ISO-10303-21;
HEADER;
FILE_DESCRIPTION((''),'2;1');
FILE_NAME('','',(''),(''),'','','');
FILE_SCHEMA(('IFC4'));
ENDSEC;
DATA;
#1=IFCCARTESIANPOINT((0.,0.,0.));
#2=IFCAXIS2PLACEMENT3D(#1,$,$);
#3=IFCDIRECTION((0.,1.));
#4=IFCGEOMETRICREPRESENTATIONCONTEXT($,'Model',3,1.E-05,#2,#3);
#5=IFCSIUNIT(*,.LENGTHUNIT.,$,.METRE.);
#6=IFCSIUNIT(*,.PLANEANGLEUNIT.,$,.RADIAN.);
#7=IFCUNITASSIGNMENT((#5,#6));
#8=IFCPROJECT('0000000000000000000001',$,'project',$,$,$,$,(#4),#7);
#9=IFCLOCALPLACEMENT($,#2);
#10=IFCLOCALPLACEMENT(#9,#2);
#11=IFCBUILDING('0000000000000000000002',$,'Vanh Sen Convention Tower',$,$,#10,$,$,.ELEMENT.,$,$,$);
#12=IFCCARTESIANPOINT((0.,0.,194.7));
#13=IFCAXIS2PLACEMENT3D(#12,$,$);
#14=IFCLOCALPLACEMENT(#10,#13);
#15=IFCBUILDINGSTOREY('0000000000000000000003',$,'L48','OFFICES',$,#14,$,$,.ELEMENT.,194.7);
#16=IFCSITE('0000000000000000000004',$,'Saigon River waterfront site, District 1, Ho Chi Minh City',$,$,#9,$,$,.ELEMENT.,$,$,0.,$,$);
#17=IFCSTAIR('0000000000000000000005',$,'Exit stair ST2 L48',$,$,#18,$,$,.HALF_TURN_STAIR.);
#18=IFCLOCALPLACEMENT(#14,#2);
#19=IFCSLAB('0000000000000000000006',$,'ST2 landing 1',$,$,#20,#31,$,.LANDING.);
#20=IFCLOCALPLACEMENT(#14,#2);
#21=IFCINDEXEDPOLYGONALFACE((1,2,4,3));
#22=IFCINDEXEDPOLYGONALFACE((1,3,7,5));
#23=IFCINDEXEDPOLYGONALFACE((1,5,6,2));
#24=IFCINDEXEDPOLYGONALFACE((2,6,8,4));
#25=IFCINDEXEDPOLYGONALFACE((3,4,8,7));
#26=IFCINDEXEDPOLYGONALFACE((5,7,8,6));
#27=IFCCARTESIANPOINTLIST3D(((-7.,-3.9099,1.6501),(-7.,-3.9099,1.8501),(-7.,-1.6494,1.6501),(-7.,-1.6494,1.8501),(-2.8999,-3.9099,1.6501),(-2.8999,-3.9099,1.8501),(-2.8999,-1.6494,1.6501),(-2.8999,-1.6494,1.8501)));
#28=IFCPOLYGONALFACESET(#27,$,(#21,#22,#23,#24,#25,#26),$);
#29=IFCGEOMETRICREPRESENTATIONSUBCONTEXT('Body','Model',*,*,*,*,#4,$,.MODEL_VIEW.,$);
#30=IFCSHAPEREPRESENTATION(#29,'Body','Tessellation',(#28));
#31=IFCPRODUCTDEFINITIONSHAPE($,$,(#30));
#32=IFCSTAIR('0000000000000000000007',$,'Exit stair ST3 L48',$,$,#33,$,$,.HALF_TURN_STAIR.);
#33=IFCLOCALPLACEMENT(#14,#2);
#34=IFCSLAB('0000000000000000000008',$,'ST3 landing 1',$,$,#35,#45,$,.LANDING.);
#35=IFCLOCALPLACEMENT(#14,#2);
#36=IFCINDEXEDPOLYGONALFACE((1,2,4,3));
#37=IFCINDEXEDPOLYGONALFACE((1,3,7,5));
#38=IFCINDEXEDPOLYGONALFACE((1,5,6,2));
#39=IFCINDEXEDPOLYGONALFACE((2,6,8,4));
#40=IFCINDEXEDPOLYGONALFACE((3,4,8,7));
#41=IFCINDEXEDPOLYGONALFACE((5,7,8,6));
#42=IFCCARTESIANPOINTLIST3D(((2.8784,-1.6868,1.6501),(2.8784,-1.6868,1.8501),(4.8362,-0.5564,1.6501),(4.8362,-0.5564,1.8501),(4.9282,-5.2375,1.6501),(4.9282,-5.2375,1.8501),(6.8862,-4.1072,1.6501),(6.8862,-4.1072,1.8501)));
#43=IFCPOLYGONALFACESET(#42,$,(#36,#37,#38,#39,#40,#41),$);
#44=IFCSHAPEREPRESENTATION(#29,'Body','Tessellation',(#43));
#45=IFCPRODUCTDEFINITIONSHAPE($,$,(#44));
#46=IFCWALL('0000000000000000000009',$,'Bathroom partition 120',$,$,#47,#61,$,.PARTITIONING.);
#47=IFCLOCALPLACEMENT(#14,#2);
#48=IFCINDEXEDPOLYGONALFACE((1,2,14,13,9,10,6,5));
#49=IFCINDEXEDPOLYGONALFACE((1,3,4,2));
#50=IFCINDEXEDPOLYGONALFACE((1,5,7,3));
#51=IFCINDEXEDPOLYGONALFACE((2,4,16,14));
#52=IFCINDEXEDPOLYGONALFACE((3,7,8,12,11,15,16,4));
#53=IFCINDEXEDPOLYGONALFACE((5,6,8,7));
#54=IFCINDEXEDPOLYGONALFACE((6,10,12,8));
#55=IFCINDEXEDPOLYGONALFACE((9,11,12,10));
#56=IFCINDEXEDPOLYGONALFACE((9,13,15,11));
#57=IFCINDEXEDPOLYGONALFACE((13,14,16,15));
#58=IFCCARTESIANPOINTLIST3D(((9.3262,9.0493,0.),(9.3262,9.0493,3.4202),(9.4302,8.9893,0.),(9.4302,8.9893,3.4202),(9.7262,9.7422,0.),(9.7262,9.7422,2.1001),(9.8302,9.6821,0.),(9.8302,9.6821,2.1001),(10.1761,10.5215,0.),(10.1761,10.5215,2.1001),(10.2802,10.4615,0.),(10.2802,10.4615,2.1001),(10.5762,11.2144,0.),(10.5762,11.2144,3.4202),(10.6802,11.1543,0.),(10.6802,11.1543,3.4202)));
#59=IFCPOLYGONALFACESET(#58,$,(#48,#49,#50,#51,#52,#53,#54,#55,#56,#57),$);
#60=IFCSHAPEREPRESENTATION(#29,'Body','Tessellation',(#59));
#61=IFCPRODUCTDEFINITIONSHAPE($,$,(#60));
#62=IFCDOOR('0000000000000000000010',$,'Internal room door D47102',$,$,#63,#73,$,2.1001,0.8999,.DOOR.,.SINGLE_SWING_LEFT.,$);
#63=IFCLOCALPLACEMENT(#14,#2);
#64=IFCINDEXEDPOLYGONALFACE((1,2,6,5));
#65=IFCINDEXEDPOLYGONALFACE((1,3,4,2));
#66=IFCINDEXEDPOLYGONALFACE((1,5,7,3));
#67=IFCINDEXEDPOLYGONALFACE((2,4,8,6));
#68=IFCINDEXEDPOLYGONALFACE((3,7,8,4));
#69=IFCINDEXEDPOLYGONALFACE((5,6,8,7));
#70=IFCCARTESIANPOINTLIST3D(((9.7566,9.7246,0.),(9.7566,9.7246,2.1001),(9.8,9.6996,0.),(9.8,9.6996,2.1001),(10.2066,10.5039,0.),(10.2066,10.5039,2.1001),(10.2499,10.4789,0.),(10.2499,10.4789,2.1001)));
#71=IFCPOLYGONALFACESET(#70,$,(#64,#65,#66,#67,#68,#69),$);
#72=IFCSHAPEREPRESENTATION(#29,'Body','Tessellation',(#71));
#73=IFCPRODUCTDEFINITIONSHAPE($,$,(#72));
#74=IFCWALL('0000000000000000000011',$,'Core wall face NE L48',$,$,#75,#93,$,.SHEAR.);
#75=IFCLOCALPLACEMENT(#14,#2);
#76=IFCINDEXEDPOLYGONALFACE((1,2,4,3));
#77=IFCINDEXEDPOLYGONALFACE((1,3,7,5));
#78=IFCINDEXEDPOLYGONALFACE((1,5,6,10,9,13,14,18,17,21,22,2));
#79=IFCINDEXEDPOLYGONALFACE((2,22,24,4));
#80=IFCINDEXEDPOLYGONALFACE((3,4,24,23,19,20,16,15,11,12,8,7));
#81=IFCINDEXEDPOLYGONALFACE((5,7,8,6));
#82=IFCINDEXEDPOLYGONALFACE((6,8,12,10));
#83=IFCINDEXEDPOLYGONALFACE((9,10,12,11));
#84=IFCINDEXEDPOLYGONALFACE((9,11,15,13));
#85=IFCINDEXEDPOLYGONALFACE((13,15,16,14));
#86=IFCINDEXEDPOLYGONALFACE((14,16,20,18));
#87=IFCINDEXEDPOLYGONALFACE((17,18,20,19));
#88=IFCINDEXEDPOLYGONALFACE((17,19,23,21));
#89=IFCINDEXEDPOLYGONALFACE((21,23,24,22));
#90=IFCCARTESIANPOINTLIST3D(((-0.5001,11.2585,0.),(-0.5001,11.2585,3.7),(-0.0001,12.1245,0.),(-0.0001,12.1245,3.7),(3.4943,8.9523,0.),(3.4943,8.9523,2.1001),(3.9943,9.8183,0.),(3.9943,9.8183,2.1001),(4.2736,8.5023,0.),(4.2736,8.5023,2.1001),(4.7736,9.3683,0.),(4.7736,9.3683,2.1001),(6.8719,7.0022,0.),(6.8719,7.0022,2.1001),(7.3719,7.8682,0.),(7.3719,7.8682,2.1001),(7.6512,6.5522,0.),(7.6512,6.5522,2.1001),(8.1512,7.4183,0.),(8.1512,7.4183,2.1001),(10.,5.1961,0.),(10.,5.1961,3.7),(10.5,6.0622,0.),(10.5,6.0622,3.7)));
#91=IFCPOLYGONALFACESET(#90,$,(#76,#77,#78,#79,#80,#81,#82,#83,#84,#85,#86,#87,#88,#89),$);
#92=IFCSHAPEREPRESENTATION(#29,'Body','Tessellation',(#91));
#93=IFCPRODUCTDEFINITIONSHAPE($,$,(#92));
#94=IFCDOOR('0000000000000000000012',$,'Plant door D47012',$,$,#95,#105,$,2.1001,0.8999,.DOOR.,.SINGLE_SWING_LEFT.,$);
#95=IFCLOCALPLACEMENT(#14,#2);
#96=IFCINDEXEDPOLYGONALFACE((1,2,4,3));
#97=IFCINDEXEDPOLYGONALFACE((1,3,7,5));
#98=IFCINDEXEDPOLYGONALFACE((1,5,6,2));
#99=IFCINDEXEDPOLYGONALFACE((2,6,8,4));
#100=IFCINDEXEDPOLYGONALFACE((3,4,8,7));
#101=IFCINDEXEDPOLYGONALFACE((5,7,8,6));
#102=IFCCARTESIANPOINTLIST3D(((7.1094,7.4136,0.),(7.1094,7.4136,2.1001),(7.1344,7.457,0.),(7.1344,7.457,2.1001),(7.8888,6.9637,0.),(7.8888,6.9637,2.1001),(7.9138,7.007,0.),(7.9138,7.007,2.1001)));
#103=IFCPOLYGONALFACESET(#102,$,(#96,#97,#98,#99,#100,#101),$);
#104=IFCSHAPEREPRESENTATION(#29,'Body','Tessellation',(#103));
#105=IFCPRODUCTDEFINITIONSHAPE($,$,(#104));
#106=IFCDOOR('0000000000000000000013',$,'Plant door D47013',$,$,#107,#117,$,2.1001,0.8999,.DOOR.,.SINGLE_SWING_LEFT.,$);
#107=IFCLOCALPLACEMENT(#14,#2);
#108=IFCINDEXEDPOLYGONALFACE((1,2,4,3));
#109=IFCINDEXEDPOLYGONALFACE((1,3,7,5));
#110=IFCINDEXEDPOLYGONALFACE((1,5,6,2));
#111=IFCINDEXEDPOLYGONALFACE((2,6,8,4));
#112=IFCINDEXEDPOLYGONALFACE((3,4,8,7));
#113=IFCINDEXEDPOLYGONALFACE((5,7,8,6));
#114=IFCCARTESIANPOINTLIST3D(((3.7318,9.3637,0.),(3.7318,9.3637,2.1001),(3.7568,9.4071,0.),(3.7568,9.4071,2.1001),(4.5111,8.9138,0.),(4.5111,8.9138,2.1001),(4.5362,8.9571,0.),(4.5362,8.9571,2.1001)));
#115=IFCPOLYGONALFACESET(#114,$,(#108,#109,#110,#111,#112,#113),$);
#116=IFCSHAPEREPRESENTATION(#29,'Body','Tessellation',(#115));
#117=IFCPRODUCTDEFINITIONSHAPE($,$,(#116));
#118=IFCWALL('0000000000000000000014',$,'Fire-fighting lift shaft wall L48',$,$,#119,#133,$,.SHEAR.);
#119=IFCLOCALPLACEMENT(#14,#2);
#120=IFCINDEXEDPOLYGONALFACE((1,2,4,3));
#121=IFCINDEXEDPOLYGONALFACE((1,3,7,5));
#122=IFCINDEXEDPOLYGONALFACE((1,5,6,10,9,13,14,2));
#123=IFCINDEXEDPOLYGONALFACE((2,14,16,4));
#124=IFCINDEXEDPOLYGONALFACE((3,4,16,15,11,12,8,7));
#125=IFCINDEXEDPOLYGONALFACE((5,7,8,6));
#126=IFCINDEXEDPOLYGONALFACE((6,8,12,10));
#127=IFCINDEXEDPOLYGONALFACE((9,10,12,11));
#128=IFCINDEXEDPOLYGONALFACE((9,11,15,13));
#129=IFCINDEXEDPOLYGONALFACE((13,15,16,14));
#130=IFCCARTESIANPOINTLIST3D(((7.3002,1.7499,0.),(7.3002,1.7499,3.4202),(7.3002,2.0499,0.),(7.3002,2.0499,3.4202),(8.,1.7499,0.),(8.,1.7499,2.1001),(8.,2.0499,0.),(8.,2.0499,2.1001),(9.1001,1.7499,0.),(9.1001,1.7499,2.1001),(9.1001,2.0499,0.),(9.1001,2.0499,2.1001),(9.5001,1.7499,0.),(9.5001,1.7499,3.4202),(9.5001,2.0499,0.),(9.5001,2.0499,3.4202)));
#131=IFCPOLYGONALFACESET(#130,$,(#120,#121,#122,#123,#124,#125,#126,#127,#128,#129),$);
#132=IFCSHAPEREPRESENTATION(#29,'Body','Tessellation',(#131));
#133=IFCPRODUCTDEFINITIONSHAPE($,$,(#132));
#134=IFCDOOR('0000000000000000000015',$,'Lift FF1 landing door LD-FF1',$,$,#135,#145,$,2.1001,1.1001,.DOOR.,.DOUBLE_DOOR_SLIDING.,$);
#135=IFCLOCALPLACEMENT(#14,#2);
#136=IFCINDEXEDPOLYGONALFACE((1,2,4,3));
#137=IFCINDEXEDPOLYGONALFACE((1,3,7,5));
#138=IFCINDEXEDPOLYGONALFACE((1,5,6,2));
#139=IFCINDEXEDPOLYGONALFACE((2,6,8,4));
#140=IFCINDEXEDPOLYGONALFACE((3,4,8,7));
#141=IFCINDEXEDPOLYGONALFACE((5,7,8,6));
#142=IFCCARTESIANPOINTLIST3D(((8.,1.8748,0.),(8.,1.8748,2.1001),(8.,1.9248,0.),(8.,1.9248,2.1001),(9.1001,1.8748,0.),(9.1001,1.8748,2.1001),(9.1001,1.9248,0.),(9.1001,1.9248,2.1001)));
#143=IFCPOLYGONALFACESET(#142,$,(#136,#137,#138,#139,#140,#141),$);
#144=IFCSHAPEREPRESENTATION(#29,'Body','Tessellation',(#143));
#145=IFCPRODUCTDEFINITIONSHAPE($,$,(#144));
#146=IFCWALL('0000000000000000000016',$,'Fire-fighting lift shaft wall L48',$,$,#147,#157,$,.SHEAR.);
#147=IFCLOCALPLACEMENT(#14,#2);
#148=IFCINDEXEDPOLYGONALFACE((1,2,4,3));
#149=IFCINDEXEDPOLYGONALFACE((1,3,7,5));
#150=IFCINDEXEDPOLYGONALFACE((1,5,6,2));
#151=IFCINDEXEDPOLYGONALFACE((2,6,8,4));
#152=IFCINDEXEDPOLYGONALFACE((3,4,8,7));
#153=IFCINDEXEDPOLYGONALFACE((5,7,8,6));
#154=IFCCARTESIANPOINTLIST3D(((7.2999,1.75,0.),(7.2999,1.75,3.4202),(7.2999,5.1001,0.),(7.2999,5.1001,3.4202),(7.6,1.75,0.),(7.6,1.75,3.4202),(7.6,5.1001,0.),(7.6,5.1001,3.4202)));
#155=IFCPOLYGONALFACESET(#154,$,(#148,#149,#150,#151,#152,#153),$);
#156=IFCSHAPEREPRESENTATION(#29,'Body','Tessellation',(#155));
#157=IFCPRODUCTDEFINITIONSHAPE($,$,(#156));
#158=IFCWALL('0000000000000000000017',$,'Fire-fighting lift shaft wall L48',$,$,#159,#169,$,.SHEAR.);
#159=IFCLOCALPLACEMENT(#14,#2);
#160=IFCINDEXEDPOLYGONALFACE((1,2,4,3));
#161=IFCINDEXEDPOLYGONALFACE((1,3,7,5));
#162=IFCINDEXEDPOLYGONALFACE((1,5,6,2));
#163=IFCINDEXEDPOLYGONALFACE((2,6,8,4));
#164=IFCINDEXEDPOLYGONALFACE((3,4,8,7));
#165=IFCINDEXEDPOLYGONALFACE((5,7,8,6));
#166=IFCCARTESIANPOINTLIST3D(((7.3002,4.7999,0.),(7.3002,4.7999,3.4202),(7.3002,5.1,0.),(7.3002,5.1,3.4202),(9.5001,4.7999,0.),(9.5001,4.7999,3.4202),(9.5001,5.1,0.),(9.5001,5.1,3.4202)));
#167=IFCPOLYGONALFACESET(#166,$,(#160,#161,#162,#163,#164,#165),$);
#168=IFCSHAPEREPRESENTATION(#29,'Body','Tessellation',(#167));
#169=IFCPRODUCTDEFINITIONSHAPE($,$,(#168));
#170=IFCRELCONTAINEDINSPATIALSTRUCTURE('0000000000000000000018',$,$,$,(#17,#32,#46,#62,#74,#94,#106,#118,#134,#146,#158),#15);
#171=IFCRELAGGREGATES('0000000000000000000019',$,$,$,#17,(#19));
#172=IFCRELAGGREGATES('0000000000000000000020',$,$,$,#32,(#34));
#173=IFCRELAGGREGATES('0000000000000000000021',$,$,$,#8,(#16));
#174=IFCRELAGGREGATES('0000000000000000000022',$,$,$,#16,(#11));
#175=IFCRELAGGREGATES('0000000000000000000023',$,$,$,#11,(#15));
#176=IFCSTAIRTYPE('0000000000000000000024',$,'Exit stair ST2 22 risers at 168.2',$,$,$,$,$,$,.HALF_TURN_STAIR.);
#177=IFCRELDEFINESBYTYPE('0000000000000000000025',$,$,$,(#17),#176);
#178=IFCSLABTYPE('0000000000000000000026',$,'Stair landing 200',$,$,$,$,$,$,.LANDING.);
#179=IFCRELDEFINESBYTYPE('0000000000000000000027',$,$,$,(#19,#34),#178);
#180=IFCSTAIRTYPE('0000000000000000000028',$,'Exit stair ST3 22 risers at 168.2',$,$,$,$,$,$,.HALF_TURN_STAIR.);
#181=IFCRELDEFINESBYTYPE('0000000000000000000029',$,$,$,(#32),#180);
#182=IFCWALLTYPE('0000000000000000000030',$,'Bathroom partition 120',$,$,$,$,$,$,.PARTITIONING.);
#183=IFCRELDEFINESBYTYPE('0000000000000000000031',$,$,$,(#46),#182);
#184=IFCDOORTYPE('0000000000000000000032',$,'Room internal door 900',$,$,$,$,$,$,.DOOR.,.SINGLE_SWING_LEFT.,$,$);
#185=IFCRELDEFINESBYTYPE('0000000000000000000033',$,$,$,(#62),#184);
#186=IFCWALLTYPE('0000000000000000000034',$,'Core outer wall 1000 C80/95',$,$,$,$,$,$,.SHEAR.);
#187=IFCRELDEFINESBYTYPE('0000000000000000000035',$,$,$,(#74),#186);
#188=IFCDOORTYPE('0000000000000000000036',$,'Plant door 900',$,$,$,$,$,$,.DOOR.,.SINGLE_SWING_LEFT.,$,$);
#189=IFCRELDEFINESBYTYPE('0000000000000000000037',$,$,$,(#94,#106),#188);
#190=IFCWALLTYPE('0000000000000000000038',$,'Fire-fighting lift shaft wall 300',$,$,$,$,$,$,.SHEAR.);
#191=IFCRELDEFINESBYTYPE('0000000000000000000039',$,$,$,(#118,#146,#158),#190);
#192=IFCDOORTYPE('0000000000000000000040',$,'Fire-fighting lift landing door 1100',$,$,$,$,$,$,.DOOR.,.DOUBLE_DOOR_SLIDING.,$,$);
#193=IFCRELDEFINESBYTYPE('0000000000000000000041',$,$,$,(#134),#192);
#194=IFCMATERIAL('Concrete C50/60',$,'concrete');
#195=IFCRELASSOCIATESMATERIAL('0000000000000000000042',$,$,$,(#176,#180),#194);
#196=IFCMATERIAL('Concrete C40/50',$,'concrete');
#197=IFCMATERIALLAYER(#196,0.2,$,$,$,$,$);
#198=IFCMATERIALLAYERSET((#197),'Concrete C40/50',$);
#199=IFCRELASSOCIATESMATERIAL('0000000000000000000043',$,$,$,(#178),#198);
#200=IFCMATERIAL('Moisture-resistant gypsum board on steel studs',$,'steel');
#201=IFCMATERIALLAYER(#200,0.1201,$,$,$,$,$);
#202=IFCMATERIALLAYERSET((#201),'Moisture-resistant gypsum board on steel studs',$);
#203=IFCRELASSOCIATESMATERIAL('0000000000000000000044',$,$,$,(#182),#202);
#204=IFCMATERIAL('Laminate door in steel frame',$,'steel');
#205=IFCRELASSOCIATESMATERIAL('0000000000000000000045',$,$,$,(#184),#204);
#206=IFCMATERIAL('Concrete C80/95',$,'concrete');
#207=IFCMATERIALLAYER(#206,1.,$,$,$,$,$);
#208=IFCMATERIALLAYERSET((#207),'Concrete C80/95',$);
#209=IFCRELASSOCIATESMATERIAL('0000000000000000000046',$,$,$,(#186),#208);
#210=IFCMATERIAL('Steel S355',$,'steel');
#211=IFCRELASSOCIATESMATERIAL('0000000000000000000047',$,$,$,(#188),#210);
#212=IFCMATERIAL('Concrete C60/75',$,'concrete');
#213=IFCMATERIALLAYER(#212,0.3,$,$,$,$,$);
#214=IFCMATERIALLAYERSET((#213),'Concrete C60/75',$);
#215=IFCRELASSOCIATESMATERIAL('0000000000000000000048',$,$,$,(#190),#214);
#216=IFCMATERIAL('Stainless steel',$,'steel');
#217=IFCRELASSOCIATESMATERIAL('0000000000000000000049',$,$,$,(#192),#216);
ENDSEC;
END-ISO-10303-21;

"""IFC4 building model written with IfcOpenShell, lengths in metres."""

from ifc_helpers import new_model, si_unit, direction, frame, frame_2d, origin, place, context, subcontext, project, spatial, polyline, rectangle, outline, extrude, material, layer, layer_set, type_object, element, fill, aggregate, save


model = new_model("IFC4")

# Units and contexts
model_context = context("Model", 3, precision=1e-05, world=origin(), true_north=direction((0.0, 1.0)))
body_context = subcontext(model_context, "Body", "Model", "MODEL_VIEW")
ifc_project = project(units=[si_unit("LENGTHUNIT", "METRE"), si_unit("PLANEANGLEUNIT", "RADIAN")], contexts=[model_context])

# Site, building, storey
site_placement = place(None, origin())
site = spatial("IfcSite", under=ifc_project, at=site_placement, Name="Saigon River waterfront site, District 1, Ho Chi Minh City", CompositionType="ELEMENT", RefElevation=0.0)
building_placement = place(site_placement, origin())
building = spatial("IfcBuilding", under=site, at=building_placement, Name="Vanh Sen Convention Tower", CompositionType="ELEMENT")
storey_placement = place(building_placement, frame((0.0, 0.0, 194.7)))
storey = spatial("IfcBuildingStorey", under=building, at=storey_placement, Name="L48", Description="OFFICES", CompositionType="ELEMENT", Elevation=194.7)

# Stairs, slabs
ifc_material_1 = material(Name="Concrete C50/60", Category="concrete")
stair_type_1 = type_object("IfcStairType", Name="Exit stair ST2 22 risers at 168.2", PredefinedType="HALF_TURN_STAIR", material=ifc_material_1)
stair_1_placement = place(storey_placement, origin())
stair_1 = element("IfcStair", 1, at=stair_1_placement, inside=storey, type_object=stair_type_1, Name="Exit stair ST2 L48", PredefinedType="HALF_TURN_STAIR")
ifc_material_2 = material(Name="Concrete C40/50", Category="concrete")
ifc_layer_1 = layer(ifc_material_2, 0.2)
ifc_layer_set_1 = layer_set([ifc_layer_1], Name="Concrete C40/50")
slab_type = type_object("IfcSlabType", Name="Stair landing 200", PredefinedType="LANDING", material=ifc_layer_set_1)
slab_1_placement = place(storey_placement, frame((0.0, 0.0, 1.6501)))
slab_1 = element("IfcSlab", 2, at=slab_1_placement, type_object=slab_type, Name="ST2 landing 1", PredefinedType="LANDING", context=body_context, shape_type="SweptSolid", body=[
    extrude(outline(polyline([(-7.0, -1.6494), (-7.0, -3.9099), (-2.8999, -3.9099), (-2.8999, -1.6494), (-7.0, -1.6494)])), origin(), (0.0, 0.0, 1.0), 0.2),
])
aggregate(stair_1, [slab_1])
stair_type_2 = type_object("IfcStairType", Name="Exit stair ST3 22 risers at 168.2", PredefinedType="HALF_TURN_STAIR", material=ifc_material_1)
stair_2_placement = place(storey_placement, origin())
stair_2 = element("IfcStair", 3, at=stair_2_placement, inside=storey, type_object=stair_type_2, Name="Exit stair ST3 L48", PredefinedType="HALF_TURN_STAIR")
slab_2_placement = place(storey_placement, frame((0.0, 0.0, 1.6501)))
slab_2 = element("IfcSlab", 4, at=slab_2_placement, type_object=slab_type, Name="ST3 landing 1", PredefinedType="LANDING", context=body_context, shape_type="SweptSolid", body=[
    extrude(outline(polyline([(4.9282, -5.2375), (6.8862, -4.1072), (4.8362, -0.5564), (2.8784, -1.6868), (4.9282, -5.2375)])), origin(), (0.0, 0.0, 1.0), 0.2),
])
aggregate(stair_2, [slab_2])

# Wall, opening, door
ifc_material_3 = material(Name="Moisture-resistant gypsum board on steel studs", Category="steel")
ifc_layer_2 = layer(ifc_material_3, 0.1201)
ifc_layer_set_2 = layer_set([ifc_layer_2], Name="Moisture-resistant gypsum board on steel studs")
wall_type_1 = type_object("IfcWallType", Name="Bathroom partition 120", PredefinedType="PARTITIONING", material=ifc_layer_set_2)
wall_1_placement = place(storey_placement, frame((9.3782, 9.0193, 0.0), z_axis=(0.0, 0.0, 1.0), x_axis=(0.500004, 0.866023, 0.0)))
wall_1 = element("IfcWall", 5, at=wall_1_placement, inside=storey, type_object=wall_type_1, Name="Bathroom partition 120", PredefinedType="PARTITIONING", context=body_context, shape_type="SweptSolid", body=[
    extrude(rectangle(XDim=2.5, YDim=0.1201, at=frame_2d((1.25, 0.0))), origin(), (0.0, 0.0, 1.0), 3.4202),
])
opening_1_placement = place(wall_1_placement, frame((0.8, 0.0, 0.0)))
opening_1 = element("IfcOpeningElement", 6, at=opening_1_placement, cuts=wall_1, PredefinedType="OPENING", context=body_context, shape_type="SweptSolid", body=[
    extrude(rectangle(XDim=0.8999, YDim=2.1001, at=frame_2d((0.45, 1.05))), frame((0.0, 0.0701, 0.0), z_axis=(0.0, -1.0, 0.0), x_axis=(1.0, 0.0, 0.0)), (0.0, 0.0, 1.0), 0.1401),
])
ifc_material_4 = material(Name="Laminate door in steel frame", Category="steel")
door_type_1 = type_object("IfcDoorType", Name="Room internal door 900", OperationType="SINGLE_SWING_LEFT", PredefinedType="DOOR", material=ifc_material_4)
door_1_placement = place(opening_1_placement, origin())
door_1 = element("IfcDoor", 7, at=door_1_placement, inside=storey, type_object=door_type_1, Name="Internal room door D47102", OperationType="SINGLE_SWING_LEFT", OverallHeight=2.1001, OverallWidth=0.8999, PredefinedType="DOOR", context=body_context, shape_type="SweptSolid", body=[
    extrude(rectangle(XDim=0.8999, YDim=2.1001, at=frame_2d((0.45, 1.05))), frame((0.0, 0.0249, 0.0), z_axis=(0.0, -1.0, 0.0), x_axis=(1.0, 0.0, 0.0)), (0.0, 0.0, 1.0), 0.05),
])
fill(opening_1, door_1)

# Wall, openings, doors
ifc_material_5 = material(Name="Concrete C80/95", Category="concrete")
ifc_layer_3 = layer(ifc_material_5, 1.0)
ifc_layer_set_3 = layer_set([ifc_layer_3], Name="Concrete C80/95")
wall_type_2 = type_object("IfcWallType", Name="Core outer wall 1000 C80/95", PredefinedType="SHEAR", material=ifc_layer_set_3)
wall_2_placement = place(storey_placement, frame((10.25, 5.6292, 0.0), z_axis=(0.0, 0.0, 1.0), x_axis=(-0.866023, 0.500005, 0.0)))
wall_2 = element("IfcWall", 8, at=wall_2_placement, inside=storey, type_object=wall_type_2, Name="Core wall face NE L48", PredefinedType="SHEAR", context=body_context, shape_type="SweptSolid", body=[
    extrude(rectangle(XDim=12.1245, YDim=1.0, at=frame_2d((6.0623, 0.0))), origin(), (0.0, 0.0, 1.0), 3.7),
])
opening_2_placement = place(wall_2_placement, frame((2.7122, 0.0, 0.0)))
opening_2 = element("IfcOpeningElement", 9, at=opening_2_placement, cuts=wall_2, PredefinedType="OPENING", context=body_context, shape_type="SweptSolid", body=[
    extrude(rectangle(XDim=0.8999, YDim=2.1001, at=frame_2d((0.45, 1.05))), frame((0.0, 0.51, 0.0), z_axis=(0.0, -1.0, 0.0), x_axis=(1.0, 0.0, 0.0)), (0.0, 0.0, 1.0), 1.02),
])
opening_3_placement = place(wall_2_placement, frame((6.6123, 0.0, 0.0)))
opening_3 = element("IfcOpeningElement", 10, at=opening_3_placement, cuts=wall_2, PredefinedType="OPENING", context=body_context, shape_type="SweptSolid", body=[
    extrude(rectangle(XDim=0.8999, YDim=2.1001, at=frame_2d((0.45, 1.05))), frame((0.0, 0.51, 0.0), z_axis=(0.0, -1.0, 0.0), x_axis=(1.0, 0.0, 0.0)), (0.0, 0.0, 1.0), 1.02),
])
ifc_material_6 = material(Name="Steel S355", Category="steel")
door_type_2 = type_object("IfcDoorType", Name="Plant door 900", OperationType="SINGLE_SWING_LEFT", PredefinedType="DOOR", material=ifc_material_6)
door_2_placement = place(opening_2_placement, origin())
door_2 = element("IfcDoor", 11, at=door_2_placement, inside=storey, type_object=door_type_2, Name="Plant door D47012", OperationType="SINGLE_SWING_LEFT", OverallHeight=2.1001, OverallWidth=0.8999, PredefinedType="DOOR", context=body_context, shape_type="SweptSolid", body=[
    extrude(rectangle(XDim=0.8999, YDim=2.1001, at=frame_2d((0.45, 1.05))), frame((0.0, 0.0249, 0.0), z_axis=(0.0, -1.0, 0.0), x_axis=(1.0, 0.0, 0.0)), (0.0, 0.0, 1.0), 0.05),
])
fill(opening_2, door_2)
door_3_placement = place(opening_3_placement, origin())
door_3 = element("IfcDoor", 12, at=door_3_placement, inside=storey, type_object=door_type_2, Name="Plant door D47013", OperationType="SINGLE_SWING_LEFT", OverallHeight=2.1001, OverallWidth=0.8999, PredefinedType="DOOR", context=body_context, shape_type="SweptSolid", body=[
    extrude(rectangle(XDim=0.8999, YDim=2.1001, at=frame_2d((0.45, 1.05))), frame((0.0, 0.0249, 0.0), z_axis=(0.0, -1.0, 0.0), x_axis=(1.0, 0.0, 0.0)), (0.0, 0.0, 1.0), 0.05),
])
fill(opening_3, door_3)

# Wall, opening, door
ifc_material_7 = material(Name="Concrete C60/75", Category="concrete")
ifc_layer_4 = layer(ifc_material_7, 0.3)
ifc_layer_set_4 = layer_set([ifc_layer_4], Name="Concrete C60/75")
wall_type_3 = type_object("IfcWallType", Name="Fire-fighting lift shaft wall 300", PredefinedType="SHEAR", material=ifc_layer_set_4)
wall_3_placement = place(storey_placement, frame((7.3, 1.8999, 0.0), z_axis=(0.0, 0.0, 1.0), x_axis=(1.0, 0.0, 0.0)))
wall_3 = element("IfcWall", 13, at=wall_3_placement, inside=storey, type_object=wall_type_3, Name="Fire-fighting lift shaft wall L48", PredefinedType="SHEAR", context=body_context, shape_type="SweptSolid", body=[
    extrude(rectangle(XDim=2.2, YDim=0.3, at=frame_2d((1.1001, 0.0))), origin(), (0.0, 0.0, 1.0), 3.4202),
])
opening_4_placement = place(wall_3_placement, frame((0.7, 0.0, 0.0)))
opening_4 = element("IfcOpeningElement", 14, at=opening_4_placement, cuts=wall_3, PredefinedType="OPENING", context=body_context, shape_type="SweptSolid", body=[
    extrude(rectangle(XDim=1.1001, YDim=2.1001, at=frame_2d((0.55, 1.05))), frame((0.0, 0.1599, 0.0), z_axis=(0.0, -1.0, 0.0), x_axis=(1.0, 0.0, 0.0)), (0.0, 0.0, 1.0), 0.3201),
])
ifc_material_8 = material(Name="Stainless steel", Category="steel")
door_type_3 = type_object("IfcDoorType", Name="Fire-fighting lift landing door 1100", OperationType="DOUBLE_DOOR_SLIDING", PredefinedType="DOOR", material=ifc_material_8)
door_4_placement = place(opening_4_placement, origin())
door_4 = element("IfcDoor", 15, at=door_4_placement, inside=storey, type_object=door_type_3, Name="Lift FF1 landing door LD-FF1", OperationType="DOUBLE_DOOR_SLIDING", OverallHeight=2.1001, OverallWidth=1.1001, PredefinedType="DOOR", context=body_context, shape_type="SweptSolid", body=[
    extrude(rectangle(XDim=1.1001, YDim=2.1001, at=frame_2d((0.55, 1.05))), frame((0.0, 0.0249, 0.0), z_axis=(0.0, -1.0, 0.0), x_axis=(1.0, 0.0, 0.0)), (0.0, 0.0, 1.0), 0.05),
])
fill(opening_4, door_4)

# Walls
wall_4_placement = place(storey_placement, frame((7.45, 1.75, 0.0), z_axis=(0.0, 0.0, 1.0), x_axis=(0.0, 1.0, 0.0)))
element("IfcWall", 16, at=wall_4_placement, inside=storey, type_object=wall_type_3, Name="Fire-fighting lift shaft wall L48", PredefinedType="SHEAR", context=body_context, shape_type="SweptSolid", body=[
    extrude(rectangle(XDim=3.3501, YDim=0.3, at=frame_2d((1.675, 0.0))), origin(), (0.0, 0.0, 1.0), 3.4202),
])
wall_5_placement = place(storey_placement, frame((7.3, 4.95, 0.0), z_axis=(0.0, 0.0, 1.0), x_axis=(1.0, 0.0, 0.0)))
element("IfcWall", 17, at=wall_5_placement, inside=storey, type_object=wall_type_3, Name="Fire-fighting lift shaft wall L48", PredefinedType="SHEAR", context=body_context, shape_type="SweptSolid", body=[
    extrude(rectangle(XDim=2.2, YDim=0.3, at=frame_2d((1.1001, 0.0))), origin(), (0.0, 0.0, 1.0), 3.4202),
])

save(model, "model.ifc")
